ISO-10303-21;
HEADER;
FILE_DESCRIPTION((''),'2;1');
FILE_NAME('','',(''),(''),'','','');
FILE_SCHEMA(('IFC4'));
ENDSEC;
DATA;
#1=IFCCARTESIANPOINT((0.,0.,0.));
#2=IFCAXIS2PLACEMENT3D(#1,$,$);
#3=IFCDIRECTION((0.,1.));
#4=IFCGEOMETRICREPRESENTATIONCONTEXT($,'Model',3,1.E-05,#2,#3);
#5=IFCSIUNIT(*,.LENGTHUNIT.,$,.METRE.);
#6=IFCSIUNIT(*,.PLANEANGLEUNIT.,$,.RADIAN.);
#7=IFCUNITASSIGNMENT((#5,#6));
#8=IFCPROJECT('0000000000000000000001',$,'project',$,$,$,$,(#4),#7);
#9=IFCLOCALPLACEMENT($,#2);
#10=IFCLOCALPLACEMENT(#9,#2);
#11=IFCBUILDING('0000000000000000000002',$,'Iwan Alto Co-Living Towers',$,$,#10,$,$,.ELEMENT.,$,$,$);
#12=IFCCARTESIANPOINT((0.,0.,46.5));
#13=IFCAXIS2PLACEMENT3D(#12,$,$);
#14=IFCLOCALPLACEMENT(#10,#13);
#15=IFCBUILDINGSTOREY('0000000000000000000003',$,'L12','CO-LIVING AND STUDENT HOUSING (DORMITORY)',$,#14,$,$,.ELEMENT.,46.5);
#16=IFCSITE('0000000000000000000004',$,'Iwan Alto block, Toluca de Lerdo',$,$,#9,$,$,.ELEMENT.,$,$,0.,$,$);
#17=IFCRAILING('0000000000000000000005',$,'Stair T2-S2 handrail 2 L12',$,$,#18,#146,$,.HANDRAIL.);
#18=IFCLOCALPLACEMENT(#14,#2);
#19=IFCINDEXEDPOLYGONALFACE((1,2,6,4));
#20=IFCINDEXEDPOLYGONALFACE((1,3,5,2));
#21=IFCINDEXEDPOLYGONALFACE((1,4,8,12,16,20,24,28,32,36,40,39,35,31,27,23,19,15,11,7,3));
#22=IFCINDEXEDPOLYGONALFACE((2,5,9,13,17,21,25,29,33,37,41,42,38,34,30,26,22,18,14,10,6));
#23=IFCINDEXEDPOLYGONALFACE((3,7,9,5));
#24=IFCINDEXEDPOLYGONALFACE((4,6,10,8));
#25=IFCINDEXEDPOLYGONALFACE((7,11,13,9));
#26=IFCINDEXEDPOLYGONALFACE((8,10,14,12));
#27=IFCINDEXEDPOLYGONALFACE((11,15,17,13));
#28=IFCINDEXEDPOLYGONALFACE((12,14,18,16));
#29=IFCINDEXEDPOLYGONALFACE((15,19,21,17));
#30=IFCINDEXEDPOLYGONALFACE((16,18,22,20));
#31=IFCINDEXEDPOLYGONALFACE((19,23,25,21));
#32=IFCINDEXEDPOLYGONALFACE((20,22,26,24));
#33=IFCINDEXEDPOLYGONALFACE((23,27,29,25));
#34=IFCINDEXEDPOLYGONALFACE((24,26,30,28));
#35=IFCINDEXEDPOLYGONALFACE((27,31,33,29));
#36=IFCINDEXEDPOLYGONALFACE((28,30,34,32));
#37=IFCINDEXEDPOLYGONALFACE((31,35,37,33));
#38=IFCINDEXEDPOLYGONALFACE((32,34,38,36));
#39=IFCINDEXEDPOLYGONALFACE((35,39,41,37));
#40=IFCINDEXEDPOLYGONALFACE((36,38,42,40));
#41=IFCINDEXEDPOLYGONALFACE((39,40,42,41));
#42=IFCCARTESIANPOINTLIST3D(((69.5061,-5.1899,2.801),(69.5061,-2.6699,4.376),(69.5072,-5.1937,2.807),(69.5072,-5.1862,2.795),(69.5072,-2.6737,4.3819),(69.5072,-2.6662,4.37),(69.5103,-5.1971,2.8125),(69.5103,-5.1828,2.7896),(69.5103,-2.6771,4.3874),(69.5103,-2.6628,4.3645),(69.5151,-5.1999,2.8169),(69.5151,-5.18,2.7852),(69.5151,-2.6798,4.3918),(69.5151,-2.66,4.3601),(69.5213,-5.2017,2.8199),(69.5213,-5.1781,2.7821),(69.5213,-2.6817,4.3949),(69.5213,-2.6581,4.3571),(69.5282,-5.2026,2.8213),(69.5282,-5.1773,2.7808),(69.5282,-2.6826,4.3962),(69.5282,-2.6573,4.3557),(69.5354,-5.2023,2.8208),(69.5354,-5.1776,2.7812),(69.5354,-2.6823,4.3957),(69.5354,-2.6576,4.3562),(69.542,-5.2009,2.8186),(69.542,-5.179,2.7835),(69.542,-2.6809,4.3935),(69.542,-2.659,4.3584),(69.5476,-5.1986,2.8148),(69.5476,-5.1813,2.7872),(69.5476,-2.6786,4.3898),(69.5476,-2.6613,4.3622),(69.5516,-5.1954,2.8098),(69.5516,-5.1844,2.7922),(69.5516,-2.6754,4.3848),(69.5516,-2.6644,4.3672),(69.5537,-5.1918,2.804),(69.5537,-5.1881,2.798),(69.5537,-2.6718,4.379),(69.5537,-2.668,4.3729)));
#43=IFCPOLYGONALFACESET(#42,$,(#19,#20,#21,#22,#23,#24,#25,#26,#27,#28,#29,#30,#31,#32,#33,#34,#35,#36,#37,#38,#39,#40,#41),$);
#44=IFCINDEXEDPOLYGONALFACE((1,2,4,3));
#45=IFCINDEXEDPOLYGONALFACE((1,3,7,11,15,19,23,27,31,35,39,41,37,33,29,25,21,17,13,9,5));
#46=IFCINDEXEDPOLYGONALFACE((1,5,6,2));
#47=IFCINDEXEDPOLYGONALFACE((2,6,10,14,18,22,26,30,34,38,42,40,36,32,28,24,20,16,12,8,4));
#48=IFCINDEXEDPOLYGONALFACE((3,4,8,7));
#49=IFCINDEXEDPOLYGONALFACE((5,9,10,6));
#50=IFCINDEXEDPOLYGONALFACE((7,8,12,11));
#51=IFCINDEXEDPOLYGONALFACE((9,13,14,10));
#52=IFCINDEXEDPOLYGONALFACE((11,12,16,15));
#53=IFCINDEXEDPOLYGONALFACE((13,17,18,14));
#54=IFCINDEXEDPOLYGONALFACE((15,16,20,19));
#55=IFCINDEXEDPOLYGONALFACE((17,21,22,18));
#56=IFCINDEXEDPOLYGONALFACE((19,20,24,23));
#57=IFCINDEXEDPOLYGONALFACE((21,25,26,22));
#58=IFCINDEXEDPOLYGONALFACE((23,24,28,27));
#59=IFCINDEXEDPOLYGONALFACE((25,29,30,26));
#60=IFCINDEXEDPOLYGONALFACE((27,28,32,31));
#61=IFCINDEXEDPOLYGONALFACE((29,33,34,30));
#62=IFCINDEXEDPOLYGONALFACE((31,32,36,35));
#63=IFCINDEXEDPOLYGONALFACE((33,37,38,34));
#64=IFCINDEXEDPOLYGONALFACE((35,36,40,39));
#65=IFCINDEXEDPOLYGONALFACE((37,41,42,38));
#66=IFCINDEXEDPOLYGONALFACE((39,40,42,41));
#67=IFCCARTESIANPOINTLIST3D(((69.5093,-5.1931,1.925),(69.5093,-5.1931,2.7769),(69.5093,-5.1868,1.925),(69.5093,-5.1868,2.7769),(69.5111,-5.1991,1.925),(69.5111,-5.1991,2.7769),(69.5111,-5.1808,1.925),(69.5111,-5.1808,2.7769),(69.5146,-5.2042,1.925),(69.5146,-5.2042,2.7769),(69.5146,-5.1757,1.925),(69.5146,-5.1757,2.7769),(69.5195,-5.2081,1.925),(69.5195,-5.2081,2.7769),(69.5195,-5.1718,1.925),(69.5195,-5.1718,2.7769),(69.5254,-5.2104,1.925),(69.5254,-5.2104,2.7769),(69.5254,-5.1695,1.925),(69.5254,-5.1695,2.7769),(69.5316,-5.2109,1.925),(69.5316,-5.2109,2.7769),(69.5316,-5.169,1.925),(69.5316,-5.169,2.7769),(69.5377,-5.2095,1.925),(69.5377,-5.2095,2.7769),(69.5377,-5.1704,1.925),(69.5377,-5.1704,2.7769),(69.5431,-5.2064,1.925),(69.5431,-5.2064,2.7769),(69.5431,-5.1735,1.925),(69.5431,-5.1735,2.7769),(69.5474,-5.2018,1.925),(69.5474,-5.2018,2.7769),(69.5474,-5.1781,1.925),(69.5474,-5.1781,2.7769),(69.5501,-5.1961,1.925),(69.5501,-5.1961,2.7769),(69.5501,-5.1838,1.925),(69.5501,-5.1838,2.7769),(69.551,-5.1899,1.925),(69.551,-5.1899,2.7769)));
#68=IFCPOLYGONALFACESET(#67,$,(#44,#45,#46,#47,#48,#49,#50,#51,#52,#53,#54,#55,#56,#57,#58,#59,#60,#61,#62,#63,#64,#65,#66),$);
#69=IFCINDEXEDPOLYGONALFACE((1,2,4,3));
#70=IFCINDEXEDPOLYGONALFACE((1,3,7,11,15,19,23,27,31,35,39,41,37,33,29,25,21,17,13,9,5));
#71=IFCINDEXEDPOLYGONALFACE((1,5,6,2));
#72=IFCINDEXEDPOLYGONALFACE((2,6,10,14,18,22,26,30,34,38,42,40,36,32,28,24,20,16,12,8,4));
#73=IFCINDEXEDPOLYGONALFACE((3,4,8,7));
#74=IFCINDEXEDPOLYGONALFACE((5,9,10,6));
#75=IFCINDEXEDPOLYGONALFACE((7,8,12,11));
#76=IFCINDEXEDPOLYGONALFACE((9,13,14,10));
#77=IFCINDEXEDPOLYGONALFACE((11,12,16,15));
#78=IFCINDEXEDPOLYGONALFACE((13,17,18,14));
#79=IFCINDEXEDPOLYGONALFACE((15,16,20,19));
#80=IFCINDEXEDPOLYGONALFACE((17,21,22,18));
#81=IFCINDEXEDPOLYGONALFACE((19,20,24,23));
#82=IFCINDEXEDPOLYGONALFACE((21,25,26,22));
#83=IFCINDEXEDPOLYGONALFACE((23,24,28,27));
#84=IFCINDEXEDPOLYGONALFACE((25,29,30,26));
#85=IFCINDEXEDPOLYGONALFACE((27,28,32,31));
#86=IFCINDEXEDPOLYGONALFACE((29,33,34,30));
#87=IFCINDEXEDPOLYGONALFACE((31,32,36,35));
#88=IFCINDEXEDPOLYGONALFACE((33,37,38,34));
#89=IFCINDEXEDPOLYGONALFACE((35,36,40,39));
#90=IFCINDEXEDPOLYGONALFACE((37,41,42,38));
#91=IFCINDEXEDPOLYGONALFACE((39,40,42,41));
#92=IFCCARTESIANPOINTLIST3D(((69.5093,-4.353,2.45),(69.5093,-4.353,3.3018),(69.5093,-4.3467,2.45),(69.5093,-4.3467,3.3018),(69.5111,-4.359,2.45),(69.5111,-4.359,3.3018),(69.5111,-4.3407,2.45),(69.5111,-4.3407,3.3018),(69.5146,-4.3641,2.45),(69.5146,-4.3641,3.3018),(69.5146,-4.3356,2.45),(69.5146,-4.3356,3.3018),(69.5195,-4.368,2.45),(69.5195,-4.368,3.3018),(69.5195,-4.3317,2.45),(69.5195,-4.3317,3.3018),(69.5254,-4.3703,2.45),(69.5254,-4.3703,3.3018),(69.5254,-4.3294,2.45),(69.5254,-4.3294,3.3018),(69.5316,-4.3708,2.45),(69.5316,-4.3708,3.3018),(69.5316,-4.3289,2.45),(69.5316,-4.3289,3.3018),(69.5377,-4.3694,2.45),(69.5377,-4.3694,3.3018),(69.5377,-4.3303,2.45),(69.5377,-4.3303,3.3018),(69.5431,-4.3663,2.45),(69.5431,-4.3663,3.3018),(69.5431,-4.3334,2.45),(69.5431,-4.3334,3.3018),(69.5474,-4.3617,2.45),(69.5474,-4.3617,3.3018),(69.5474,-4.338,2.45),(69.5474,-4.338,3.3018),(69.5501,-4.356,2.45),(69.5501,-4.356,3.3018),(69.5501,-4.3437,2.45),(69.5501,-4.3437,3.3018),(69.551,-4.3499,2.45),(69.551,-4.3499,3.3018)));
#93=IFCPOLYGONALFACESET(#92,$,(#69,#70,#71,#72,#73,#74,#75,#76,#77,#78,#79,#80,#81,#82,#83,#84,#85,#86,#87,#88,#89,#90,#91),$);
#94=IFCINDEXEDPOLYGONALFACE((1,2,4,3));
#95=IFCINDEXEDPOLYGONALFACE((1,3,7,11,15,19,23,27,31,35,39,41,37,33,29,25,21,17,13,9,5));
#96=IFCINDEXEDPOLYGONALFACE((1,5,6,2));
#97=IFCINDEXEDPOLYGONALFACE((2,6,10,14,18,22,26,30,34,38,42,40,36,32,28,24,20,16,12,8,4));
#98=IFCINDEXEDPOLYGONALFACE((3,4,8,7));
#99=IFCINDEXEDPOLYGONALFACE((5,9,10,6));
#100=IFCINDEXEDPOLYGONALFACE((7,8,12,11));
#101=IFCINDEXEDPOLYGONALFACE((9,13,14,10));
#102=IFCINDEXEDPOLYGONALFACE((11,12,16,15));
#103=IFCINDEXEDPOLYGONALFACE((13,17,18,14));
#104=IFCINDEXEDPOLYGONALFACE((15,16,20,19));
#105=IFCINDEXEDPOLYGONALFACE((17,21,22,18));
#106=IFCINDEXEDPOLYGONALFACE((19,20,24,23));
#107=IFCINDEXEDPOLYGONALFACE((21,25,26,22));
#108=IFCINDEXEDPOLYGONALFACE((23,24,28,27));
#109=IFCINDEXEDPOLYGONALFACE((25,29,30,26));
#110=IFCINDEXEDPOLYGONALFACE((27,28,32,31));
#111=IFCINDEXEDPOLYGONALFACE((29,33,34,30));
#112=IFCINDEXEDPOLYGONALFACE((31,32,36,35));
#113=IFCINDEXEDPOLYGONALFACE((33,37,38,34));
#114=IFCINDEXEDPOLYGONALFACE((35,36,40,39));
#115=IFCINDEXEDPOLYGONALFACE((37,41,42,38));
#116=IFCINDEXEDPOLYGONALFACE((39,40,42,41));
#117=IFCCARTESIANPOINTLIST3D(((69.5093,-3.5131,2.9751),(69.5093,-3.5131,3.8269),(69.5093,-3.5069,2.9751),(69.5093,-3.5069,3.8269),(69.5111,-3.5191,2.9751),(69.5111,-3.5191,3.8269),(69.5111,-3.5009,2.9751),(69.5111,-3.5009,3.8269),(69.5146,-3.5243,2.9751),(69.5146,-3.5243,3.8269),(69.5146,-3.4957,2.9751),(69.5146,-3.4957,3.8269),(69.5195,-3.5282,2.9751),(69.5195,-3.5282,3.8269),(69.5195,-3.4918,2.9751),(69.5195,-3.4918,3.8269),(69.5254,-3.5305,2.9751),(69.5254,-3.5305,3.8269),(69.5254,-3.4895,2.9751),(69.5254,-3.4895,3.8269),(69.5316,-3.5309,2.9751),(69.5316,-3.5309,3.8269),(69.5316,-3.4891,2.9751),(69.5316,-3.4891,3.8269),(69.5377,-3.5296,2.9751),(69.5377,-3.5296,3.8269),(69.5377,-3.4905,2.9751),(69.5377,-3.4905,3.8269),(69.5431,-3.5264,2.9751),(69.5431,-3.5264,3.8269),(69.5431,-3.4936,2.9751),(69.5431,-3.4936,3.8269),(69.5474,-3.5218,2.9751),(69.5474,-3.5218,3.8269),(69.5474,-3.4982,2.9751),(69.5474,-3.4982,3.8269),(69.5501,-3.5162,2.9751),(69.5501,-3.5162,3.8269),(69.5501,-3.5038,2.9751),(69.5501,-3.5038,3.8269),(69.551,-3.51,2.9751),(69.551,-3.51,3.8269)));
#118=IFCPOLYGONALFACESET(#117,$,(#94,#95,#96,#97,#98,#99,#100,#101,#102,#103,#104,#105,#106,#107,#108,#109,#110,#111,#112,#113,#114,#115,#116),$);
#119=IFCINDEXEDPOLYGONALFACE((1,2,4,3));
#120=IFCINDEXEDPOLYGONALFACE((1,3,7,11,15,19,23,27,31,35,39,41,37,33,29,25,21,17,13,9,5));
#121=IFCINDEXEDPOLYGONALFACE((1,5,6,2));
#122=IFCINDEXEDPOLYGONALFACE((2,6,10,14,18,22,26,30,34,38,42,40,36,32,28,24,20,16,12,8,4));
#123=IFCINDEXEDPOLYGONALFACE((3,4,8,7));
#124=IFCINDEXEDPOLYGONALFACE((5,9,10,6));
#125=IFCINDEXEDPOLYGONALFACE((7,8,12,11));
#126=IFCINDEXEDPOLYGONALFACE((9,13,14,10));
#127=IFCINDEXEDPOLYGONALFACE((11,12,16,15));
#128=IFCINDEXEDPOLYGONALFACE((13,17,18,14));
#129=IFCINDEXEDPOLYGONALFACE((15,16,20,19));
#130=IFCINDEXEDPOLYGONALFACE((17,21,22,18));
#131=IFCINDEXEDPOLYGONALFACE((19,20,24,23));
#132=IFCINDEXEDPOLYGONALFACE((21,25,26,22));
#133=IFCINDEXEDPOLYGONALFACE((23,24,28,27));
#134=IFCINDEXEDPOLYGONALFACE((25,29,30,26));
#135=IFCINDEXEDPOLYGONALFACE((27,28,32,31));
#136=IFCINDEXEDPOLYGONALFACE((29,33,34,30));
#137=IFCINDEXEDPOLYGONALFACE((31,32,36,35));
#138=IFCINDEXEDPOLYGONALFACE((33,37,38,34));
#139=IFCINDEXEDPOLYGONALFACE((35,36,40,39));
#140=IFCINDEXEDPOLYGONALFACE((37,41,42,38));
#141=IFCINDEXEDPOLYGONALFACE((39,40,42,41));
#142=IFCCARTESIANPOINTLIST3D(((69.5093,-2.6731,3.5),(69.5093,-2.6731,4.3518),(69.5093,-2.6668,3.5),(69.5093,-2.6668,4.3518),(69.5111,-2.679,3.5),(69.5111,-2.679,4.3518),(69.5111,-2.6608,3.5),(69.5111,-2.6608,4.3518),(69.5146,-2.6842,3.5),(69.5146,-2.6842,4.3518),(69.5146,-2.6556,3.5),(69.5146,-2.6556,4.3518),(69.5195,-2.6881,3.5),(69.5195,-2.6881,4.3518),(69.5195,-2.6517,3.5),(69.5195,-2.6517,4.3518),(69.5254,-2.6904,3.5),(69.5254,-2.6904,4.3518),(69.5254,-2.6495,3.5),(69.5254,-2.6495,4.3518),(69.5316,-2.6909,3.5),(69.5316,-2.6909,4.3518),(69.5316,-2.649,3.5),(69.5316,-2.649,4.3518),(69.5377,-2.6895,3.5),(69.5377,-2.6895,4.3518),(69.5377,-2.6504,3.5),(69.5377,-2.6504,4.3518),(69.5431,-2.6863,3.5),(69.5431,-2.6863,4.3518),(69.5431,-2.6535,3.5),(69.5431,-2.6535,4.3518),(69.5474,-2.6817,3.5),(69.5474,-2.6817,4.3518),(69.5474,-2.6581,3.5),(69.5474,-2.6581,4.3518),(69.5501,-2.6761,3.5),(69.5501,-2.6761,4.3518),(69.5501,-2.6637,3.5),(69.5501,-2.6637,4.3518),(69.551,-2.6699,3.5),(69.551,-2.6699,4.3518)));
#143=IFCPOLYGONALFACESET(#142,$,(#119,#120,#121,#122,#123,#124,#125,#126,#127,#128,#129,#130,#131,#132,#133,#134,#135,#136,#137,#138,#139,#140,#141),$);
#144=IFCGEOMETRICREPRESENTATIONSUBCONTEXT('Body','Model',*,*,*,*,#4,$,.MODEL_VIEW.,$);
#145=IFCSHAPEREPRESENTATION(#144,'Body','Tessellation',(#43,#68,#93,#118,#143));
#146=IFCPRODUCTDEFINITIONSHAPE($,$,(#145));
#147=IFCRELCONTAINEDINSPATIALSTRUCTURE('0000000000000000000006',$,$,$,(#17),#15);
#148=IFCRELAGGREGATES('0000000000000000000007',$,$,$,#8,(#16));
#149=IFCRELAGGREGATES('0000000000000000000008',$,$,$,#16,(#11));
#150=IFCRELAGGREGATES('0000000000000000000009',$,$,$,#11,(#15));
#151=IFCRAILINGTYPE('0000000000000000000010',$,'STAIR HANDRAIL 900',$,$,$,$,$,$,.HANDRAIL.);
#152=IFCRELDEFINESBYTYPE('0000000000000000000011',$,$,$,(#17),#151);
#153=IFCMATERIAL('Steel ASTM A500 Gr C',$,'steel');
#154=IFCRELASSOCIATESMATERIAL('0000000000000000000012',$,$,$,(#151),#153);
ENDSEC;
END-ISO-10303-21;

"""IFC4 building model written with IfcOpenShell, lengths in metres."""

from ifc_helpers import new_model, si_unit, direction, frame, origin, origin_2d, place, context, subcontext, project, spatial, circle, extrude, material, type_object, element, save


model = new_model("IFC4")

# Units and contexts
model_context = context("Model", 3, precision=1e-05, world=origin(), true_north=direction((0.0, 1.0)))
body_context = subcontext(model_context, "Body", "Model", "MODEL_VIEW")
ifc_project = project(units=[si_unit("LENGTHUNIT", "METRE"), si_unit("PLANEANGLEUNIT", "RADIAN")], contexts=[model_context])

# Site, building, storey
site_placement = place(None, origin())
site = spatial("IfcSite", under=ifc_project, at=site_placement, Name="Iwan Alto block, Toluca de Lerdo", CompositionType="ELEMENT", RefElevation=0.0)
building_placement = place(site_placement, origin())
building = spatial("IfcBuilding", under=site, at=building_placement, Name="Iwan Alto Co-Living Towers", CompositionType="ELEMENT")
storey_placement = place(building_placement, frame((0.0, 0.0, 46.5)))
storey = spatial("IfcBuildingStorey", under=building, at=storey_placement, Name="L12", Description="CO-LIVING AND STUDENT HOUSING (DORMITORY)", CompositionType="ELEMENT", Elevation=46.5)

# Railing
ifc_material_1 = material(Name="Steel ASTM A500 Gr C", Category="steel")
railing_type_1 = type_object("IfcRailingType", Name="STAIR HANDRAIL 900", PredefinedType="HANDRAIL", material=ifc_material_1)
railing_1_placement = place(storey_placement, frame((69.53, -5.1899, 1.925)))
element("IfcRailing", 1, at=railing_1_placement, inside=storey, type_object=railing_type_1, Name="Stair T2-S2 handrail 2 L12", PredefinedType="HANDRAIL", context=body_context, shape_type="SweptSolid", body=[
    extrude(circle(Radius=0.0239, at=origin_2d()), frame((0.0, 0.0, 0.876), z_axis=(0.0, 0.848008, 0.529984), x_axis=(-1.0, 0.0, 0.0)), (0.0, 0.0, 1.0), 2.9717),
    extrude(circle(Radius=0.021, at=origin_2d()), origin(), (0.0, 0.0, 1.0), 0.8518),
    extrude(circle(Radius=0.021, at=origin_2d()), frame((0.0, 0.8401, 0.5249)), (0.0, 0.0, 1.0), 0.8518),
    extrude(circle(Radius=0.021, at=origin_2d()), frame((0.0, 1.6799, 1.05)), (0.0, 0.0, 1.0), 0.8518),
    extrude(circle(Radius=0.021, at=origin_2d()), frame((0.0, 2.52, 1.575)), (0.0, 0.0, 1.0), 0.8518),
])

save(model, "model.ifc")
